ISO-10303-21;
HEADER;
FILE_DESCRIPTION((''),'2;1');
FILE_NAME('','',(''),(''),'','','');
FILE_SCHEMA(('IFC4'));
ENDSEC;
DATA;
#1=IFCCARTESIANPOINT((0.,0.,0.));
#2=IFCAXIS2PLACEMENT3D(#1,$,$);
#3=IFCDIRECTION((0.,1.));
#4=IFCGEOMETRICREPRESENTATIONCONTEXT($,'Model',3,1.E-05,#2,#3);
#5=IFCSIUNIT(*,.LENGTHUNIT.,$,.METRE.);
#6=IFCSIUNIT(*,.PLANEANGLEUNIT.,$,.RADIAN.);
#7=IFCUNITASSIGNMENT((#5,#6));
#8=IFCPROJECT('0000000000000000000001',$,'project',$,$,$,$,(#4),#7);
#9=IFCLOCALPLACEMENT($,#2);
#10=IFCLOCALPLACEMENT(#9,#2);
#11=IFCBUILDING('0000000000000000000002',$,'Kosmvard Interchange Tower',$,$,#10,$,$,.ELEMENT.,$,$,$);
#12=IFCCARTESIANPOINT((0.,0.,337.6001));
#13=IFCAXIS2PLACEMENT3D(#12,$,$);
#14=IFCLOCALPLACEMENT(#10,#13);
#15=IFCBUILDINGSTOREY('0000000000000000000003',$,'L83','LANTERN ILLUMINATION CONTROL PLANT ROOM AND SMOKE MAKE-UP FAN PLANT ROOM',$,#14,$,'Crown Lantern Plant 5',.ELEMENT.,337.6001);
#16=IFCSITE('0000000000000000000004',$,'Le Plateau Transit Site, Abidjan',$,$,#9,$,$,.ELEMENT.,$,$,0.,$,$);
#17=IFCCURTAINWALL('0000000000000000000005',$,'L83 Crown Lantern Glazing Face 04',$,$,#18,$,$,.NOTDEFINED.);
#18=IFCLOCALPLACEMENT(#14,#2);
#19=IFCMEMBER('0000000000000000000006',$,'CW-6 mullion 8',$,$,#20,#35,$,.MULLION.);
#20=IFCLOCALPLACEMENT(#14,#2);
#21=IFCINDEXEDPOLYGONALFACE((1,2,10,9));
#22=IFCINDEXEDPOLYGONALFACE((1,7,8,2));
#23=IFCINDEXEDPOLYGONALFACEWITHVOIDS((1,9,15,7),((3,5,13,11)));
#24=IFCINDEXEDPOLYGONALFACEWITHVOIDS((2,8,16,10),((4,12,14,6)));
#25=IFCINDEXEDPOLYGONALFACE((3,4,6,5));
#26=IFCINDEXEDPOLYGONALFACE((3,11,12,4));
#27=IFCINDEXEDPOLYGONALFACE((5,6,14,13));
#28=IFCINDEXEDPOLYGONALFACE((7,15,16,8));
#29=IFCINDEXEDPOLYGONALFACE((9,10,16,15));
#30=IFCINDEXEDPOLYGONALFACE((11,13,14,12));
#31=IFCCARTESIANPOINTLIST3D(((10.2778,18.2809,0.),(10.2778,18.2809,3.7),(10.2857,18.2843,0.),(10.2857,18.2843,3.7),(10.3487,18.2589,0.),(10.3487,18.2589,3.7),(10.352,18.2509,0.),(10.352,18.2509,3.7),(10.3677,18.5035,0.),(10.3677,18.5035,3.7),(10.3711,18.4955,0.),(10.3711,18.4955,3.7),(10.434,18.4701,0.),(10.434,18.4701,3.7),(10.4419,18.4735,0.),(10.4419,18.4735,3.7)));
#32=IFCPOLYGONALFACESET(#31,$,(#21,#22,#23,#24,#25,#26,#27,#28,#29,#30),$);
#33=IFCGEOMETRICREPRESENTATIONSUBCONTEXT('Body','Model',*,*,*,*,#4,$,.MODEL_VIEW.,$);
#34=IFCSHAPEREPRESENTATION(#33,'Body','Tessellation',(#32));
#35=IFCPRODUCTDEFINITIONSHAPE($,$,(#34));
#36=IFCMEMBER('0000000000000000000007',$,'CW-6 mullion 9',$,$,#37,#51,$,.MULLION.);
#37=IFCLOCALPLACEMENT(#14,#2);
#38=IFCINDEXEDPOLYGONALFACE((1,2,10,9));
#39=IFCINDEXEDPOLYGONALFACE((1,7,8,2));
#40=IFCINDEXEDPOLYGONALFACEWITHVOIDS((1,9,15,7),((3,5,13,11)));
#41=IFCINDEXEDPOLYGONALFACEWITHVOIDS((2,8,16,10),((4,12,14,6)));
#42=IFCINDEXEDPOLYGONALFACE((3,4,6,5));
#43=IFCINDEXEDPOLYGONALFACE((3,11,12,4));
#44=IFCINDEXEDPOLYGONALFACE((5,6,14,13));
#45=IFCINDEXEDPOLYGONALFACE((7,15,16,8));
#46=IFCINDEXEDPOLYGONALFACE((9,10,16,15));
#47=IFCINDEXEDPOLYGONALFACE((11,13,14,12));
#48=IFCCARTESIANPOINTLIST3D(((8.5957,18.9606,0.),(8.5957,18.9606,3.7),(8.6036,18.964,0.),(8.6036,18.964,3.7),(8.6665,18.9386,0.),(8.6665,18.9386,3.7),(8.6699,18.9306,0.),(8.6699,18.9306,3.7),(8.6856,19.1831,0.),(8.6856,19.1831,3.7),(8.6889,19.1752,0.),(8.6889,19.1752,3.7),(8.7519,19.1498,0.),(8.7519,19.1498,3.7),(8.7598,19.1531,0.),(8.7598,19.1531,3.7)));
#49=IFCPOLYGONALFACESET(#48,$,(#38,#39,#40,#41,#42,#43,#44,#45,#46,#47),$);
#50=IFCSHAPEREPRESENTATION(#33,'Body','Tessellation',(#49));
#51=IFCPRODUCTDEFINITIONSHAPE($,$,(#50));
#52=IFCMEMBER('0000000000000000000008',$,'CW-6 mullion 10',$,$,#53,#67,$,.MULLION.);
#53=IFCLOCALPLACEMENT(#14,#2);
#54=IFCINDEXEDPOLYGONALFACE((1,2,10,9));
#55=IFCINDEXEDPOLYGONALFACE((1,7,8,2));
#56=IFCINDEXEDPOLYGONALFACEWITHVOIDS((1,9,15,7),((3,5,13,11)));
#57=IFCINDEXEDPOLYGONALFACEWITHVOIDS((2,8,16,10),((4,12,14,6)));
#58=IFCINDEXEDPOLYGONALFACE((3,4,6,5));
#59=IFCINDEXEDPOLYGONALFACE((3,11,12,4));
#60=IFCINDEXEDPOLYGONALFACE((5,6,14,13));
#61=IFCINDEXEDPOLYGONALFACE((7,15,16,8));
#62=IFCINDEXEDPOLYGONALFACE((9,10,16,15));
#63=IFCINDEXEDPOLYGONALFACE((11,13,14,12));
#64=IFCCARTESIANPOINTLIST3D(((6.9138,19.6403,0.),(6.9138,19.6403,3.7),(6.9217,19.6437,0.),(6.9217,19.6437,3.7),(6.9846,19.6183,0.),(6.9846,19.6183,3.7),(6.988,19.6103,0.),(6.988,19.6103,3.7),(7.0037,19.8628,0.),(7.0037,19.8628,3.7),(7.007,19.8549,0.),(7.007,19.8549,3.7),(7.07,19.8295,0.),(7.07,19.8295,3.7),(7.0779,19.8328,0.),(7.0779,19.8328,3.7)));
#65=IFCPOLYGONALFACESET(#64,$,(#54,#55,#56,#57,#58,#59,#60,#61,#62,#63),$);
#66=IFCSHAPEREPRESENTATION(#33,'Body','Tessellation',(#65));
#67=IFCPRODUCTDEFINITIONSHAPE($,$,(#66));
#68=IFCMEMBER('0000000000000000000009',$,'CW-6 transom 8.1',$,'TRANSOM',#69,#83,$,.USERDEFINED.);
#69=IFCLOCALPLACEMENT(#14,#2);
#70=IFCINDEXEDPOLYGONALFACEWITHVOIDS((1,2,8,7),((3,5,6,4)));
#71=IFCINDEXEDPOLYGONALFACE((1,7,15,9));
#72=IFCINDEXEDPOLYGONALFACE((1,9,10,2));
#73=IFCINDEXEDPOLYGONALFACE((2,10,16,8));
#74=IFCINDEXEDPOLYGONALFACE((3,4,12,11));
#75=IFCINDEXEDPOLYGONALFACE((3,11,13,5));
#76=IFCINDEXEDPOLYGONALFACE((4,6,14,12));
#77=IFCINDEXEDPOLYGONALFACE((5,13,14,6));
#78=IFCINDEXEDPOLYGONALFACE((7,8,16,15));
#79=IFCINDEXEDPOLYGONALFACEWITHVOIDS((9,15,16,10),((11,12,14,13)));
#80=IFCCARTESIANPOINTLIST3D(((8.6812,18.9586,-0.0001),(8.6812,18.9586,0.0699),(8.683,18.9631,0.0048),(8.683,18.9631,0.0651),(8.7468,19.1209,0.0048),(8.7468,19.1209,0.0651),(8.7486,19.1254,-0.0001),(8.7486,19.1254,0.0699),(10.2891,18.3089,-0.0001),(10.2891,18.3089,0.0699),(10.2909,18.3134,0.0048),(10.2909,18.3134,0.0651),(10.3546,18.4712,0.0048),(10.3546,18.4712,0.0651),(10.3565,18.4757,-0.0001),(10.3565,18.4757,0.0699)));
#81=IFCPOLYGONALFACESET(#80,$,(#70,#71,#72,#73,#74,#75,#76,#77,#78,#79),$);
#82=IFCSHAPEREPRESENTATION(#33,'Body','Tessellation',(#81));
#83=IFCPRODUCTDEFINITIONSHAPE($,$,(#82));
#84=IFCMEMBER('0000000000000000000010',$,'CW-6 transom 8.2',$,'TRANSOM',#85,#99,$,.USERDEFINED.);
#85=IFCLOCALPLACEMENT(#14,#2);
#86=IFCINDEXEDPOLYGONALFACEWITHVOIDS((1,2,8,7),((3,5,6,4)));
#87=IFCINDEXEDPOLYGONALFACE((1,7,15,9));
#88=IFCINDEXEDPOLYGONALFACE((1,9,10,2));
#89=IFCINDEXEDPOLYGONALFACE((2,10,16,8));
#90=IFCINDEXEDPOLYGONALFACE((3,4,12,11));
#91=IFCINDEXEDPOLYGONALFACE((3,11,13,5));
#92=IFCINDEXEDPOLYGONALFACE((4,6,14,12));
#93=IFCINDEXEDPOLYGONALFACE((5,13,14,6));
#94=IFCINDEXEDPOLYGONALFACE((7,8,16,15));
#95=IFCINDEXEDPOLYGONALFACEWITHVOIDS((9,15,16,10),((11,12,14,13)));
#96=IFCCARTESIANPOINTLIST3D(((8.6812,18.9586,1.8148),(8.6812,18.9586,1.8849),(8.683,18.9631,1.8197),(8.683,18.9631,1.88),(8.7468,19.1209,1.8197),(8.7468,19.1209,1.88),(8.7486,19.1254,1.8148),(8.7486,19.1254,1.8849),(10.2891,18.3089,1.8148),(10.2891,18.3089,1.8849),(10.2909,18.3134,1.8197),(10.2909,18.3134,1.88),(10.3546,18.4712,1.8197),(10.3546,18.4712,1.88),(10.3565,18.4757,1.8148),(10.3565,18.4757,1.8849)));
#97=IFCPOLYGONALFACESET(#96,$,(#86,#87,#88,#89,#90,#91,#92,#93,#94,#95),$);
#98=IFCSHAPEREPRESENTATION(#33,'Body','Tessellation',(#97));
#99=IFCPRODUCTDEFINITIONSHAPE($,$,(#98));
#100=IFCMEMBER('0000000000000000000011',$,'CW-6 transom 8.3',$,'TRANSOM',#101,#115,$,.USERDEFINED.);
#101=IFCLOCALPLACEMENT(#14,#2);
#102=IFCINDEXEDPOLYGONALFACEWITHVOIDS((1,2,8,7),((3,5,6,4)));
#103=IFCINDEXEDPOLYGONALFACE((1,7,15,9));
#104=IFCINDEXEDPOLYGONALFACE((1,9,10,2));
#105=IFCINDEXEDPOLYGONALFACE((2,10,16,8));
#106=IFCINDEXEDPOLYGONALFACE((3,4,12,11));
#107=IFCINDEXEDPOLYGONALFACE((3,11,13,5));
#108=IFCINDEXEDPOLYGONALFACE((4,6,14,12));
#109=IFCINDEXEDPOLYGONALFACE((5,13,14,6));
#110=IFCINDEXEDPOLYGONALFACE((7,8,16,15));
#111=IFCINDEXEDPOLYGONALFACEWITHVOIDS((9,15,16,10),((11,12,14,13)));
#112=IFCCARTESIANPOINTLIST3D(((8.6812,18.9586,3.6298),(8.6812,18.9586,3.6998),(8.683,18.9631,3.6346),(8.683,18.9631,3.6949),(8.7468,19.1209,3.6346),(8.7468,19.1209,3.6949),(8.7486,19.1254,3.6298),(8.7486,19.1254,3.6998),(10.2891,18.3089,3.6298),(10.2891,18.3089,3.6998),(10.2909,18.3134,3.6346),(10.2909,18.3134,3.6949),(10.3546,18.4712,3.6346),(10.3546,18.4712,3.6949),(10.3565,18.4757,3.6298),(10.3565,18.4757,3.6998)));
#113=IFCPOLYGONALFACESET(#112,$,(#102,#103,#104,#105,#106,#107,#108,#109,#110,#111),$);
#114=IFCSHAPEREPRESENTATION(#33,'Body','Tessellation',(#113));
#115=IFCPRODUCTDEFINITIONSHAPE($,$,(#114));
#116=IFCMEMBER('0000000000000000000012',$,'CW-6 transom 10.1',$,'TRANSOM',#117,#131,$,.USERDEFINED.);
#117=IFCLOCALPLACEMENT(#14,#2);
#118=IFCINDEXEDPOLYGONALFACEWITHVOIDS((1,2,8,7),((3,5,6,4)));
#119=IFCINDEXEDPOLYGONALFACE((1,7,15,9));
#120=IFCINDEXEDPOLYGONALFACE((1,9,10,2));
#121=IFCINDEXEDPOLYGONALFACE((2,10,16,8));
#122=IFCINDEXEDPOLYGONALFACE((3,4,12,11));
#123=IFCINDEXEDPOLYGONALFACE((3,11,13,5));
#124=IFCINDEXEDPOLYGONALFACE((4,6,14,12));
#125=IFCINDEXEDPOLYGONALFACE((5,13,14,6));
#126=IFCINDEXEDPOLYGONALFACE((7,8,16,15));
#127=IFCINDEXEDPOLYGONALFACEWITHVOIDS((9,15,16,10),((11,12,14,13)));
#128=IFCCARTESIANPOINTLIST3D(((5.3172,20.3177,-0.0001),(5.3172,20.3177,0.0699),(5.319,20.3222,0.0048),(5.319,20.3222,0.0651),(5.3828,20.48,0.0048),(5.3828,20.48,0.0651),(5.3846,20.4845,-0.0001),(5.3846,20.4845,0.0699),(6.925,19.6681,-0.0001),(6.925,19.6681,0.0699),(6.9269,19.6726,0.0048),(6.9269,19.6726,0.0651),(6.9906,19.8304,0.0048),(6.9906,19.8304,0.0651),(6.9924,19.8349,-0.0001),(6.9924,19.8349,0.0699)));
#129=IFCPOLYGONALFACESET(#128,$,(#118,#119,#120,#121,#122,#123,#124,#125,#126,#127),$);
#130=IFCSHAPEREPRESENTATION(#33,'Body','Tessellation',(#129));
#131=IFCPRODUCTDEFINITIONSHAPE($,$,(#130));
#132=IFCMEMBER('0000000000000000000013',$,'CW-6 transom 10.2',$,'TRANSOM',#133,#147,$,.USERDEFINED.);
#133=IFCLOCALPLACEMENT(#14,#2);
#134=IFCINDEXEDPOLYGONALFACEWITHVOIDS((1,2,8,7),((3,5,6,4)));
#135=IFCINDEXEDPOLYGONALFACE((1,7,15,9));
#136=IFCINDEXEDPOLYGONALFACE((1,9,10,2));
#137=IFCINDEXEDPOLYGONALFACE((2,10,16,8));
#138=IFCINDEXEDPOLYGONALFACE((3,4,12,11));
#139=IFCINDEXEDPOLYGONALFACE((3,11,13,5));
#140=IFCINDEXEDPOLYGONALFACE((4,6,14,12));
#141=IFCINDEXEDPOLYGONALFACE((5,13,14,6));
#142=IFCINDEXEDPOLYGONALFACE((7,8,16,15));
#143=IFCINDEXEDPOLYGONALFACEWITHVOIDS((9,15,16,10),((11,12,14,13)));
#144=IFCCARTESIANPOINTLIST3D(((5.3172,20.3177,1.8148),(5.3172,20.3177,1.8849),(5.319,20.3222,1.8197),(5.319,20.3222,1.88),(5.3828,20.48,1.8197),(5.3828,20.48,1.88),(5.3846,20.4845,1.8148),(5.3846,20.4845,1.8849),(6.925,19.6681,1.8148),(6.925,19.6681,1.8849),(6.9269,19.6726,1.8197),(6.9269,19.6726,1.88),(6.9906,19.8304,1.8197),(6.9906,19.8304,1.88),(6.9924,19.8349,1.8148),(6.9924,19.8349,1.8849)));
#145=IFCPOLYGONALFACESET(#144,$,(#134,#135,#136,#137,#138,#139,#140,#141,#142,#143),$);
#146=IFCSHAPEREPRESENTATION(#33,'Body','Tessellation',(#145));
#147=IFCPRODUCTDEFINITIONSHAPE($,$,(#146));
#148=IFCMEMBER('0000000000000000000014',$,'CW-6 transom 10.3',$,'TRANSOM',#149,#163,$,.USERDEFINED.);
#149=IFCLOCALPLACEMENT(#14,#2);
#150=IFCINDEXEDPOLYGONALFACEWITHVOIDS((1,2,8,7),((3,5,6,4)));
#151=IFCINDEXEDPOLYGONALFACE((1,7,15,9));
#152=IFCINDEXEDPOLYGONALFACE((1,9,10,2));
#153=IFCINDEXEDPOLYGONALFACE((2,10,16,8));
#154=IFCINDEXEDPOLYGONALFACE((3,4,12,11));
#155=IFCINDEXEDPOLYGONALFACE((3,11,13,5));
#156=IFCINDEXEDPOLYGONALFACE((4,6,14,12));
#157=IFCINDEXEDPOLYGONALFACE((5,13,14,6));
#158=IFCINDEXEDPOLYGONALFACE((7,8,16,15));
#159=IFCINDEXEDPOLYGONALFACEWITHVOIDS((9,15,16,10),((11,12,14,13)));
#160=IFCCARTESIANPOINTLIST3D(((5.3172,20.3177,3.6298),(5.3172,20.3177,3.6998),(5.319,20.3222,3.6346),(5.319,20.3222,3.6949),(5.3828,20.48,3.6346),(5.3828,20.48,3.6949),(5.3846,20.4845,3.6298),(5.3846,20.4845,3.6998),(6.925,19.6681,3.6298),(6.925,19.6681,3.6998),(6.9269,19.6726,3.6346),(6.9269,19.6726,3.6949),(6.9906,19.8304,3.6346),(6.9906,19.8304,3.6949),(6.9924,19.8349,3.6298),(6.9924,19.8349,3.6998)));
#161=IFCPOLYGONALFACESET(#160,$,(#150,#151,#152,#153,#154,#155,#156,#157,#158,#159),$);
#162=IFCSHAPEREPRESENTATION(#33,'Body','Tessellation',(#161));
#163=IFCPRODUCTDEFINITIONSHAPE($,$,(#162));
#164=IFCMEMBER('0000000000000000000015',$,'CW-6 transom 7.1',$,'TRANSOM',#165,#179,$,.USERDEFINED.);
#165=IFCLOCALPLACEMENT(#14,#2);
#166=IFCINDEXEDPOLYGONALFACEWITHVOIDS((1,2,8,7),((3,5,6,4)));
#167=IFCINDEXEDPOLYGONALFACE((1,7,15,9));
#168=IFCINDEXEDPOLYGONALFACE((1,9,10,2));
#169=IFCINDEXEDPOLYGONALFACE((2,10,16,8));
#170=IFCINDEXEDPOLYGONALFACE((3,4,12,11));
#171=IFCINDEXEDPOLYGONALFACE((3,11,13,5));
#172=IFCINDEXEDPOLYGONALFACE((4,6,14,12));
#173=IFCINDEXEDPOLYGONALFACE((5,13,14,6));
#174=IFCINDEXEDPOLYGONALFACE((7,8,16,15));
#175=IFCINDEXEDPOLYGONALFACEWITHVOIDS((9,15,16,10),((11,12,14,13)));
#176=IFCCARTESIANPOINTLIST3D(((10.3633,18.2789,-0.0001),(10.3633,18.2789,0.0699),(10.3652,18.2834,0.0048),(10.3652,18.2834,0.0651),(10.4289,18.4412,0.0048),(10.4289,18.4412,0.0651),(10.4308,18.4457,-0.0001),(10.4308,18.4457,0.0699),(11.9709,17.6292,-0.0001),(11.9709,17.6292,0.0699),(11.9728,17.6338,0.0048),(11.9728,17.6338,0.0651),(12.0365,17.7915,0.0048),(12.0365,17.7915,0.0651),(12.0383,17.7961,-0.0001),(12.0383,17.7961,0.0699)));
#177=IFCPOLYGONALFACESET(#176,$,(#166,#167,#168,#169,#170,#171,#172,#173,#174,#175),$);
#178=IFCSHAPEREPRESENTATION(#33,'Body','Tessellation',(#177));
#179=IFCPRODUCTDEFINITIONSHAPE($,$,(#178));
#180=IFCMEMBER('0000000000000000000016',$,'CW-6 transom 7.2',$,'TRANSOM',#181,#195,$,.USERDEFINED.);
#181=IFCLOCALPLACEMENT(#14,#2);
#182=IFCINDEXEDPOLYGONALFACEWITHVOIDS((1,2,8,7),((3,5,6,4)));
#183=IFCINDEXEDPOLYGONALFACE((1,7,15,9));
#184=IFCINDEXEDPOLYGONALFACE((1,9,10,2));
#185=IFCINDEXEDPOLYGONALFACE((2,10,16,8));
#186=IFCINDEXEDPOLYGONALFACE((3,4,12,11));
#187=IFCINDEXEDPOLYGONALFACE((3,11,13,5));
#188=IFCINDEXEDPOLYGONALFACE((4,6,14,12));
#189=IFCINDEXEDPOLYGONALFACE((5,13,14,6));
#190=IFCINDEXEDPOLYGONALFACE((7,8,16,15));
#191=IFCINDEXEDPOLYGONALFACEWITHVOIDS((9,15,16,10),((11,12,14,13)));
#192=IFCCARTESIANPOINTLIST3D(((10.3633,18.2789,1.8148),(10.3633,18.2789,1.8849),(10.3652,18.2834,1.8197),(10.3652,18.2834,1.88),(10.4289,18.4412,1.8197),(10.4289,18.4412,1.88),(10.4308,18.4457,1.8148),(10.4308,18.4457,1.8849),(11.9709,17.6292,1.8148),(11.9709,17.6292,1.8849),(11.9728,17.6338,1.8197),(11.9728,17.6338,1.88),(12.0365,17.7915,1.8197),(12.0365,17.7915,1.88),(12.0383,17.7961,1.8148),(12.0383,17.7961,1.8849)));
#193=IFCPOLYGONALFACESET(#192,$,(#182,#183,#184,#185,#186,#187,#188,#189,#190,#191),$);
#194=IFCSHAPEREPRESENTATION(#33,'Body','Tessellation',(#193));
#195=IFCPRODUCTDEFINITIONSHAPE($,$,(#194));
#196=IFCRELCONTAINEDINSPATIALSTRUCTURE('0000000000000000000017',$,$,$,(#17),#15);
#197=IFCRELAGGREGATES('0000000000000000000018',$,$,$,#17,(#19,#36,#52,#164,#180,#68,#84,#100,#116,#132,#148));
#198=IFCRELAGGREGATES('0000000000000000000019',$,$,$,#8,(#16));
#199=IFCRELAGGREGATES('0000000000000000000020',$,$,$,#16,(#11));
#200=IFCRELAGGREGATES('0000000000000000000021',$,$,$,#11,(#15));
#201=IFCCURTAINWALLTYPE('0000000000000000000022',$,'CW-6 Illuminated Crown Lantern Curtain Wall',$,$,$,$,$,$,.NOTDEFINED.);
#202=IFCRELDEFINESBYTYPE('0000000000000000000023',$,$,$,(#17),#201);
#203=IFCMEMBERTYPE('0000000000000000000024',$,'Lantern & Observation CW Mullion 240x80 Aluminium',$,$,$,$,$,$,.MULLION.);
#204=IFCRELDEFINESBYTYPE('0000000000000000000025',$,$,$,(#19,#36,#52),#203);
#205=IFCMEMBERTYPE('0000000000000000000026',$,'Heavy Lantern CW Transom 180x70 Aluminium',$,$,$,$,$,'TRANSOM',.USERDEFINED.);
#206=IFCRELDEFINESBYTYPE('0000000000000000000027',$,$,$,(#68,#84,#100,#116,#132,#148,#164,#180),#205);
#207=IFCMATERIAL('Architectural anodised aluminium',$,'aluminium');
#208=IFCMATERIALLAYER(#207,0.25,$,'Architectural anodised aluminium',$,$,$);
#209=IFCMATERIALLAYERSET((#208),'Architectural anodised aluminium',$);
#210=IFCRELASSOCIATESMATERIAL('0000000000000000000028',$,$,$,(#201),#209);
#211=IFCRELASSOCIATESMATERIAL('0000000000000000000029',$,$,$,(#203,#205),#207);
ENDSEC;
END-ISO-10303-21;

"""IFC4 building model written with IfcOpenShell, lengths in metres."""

from ifc_helpers import new_model, si_unit, direction, frame, origin, origin_2d, place, context, subcontext, project, spatial, hollow_rectangle, extrude, source, transform, mapped, material, layer, layer_set, material_profile, profile_set, type_object, element, aggregate, save


model = new_model("IFC4")

# Units and contexts
model_context = context("Model", 3, precision=1e-05, world=origin(), true_north=direction((0.0, 1.0)))
body_context = subcontext(model_context, "Body", "Model", "MODEL_VIEW")
ifc_project = project(units=[si_unit("LENGTHUNIT", "METRE"), si_unit("PLANEANGLEUNIT", "RADIAN")], contexts=[model_context])

# Site, building, storey
site_placement = place(None, origin())
site = spatial("IfcSite", under=ifc_project, at=site_placement, Name="Le Plateau Transit Site, Abidjan", CompositionType="ELEMENT", RefElevation=0.0)
building_placement = place(site_placement, origin())
building = spatial("IfcBuilding", under=site, at=building_placement, Name="Kosmvard Interchange Tower", CompositionType="ELEMENT")
storey_placement = place(building_placement, frame((0.0, 0.0, 337.6001)))
storey = spatial("IfcBuildingStorey", under=building, at=storey_placement, Name="L83", Description="LANTERN ILLUMINATION CONTROL PLANT ROOM AND SMOKE MAKE-UP FAN PLANT ROOM", LongName="Crown Lantern Plant 5", CompositionType="ELEMENT", Elevation=337.6001)

# Curtain wall, members
ifc_material_1 = material(Name="Architectural anodised aluminium", Category="aluminium")
ifc_layer_1 = layer(ifc_material_1, 0.25, Name="Architectural anodised aluminium")
ifc_layer_set_1 = layer_set([ifc_layer_1], Name="Architectural anodised aluminium")
curtain_wall_type = type_object("IfcCurtainWallType", Name="CW-6 Illuminated Crown Lantern Curtain Wall", PredefinedType="NOTDEFINED", material=ifc_layer_set_1)
curtain_wall_placement = place(storey_placement, origin())
curtain_wall = element("IfcCurtainWall", 1, at=curtain_wall_placement, inside=storey, type_object=curtain_wall_type, Name="L83 Crown Lantern Glazing Face 04", PredefinedType="NOTDEFINED")
ifc_material_profile_1 = material_profile(ifc_material_1, hollow_rectangle(XDim=0.24, YDim=0.0801, WallThickness=0.0061, at=origin_2d()), Name="CWM 240x80x6")
ifc_profile_set_1 = profile_set([ifc_material_profile_1], Name="Architectural anodised aluminium")
member_type_1 = type_object("IfcMemberType", Name="Lantern & Observation CW Mullion 240x80 Aluminium", PredefinedType="MULLION", material=ifc_profile_set_1)
shared_shape_1 = source(origin(), body_context, "Body", "SweptSolid", [
    extrude(hollow_rectangle(XDim=0.24, YDim=0.0801, WallThickness=0.0061, at=origin_2d()), origin(), (0.0, 0.0, 1.0), 3.7),
])
member_1_placement = place(storey_placement, frame((10.3599, 18.3772, 0.0), z_axis=(0.0, 0.0, 1.0), x_axis=(-0.374607, -0.927184, 0.0)))
member_1 = element("IfcMember", 2, at=member_1_placement, type_object=member_type_1, Name="CW-6 mullion 8", PredefinedType="MULLION", context=body_context, shape_type="MappedRepresentation", body=[
    mapped(shared_shape_1, transform((0.0, 0.0, 0.0), scale=1.0)),
])
member_2_placement = place(storey_placement, frame((8.6777, 19.0569, 0.0), z_axis=(0.0, 0.0, 1.0), x_axis=(-0.374607, -0.927184, 0.0)))
member_2 = element("IfcMember", 3, at=member_2_placement, type_object=member_type_1, Name="CW-6 mullion 9", PredefinedType="MULLION", context=body_context, shape_type="MappedRepresentation", body=[
    mapped(shared_shape_1, transform((0.0, 0.0, 0.0), scale=1.0)),
])
member_3_placement = place(storey_placement, frame((6.9958, 19.7366, 0.0), z_axis=(0.0, 0.0, 1.0), x_axis=(-0.374607, -0.927184, 0.0)))
member_3 = element("IfcMember", 4, at=member_3_placement, type_object=member_type_1, Name="CW-6 mullion 10", PredefinedType="MULLION", context=body_context, shape_type="MappedRepresentation", body=[
    mapped(shared_shape_1, transform((0.0, 0.0, 0.0), scale=1.0)),
])
ifc_material_profile_2 = material_profile(ifc_material_1, hollow_rectangle(XDim=0.1799, YDim=0.0701, WallThickness=0.0049, at=origin_2d()), Name="CWT 180x70x5")
ifc_profile_set_2 = profile_set([ifc_material_profile_2], Name="Architectural anodised aluminium")
member_type_2 = type_object("IfcMemberType", Name="Heavy Lantern CW Transom 180x70 Aluminium", ElementType="TRANSOM", PredefinedType="USERDEFINED", material=ifc_profile_set_2)
shared_shape_2 = source(origin(), body_context, "Body", "SweptSolid", [
    extrude(hollow_rectangle(XDim=0.1799, YDim=0.0701, WallThickness=0.0049, at=origin_2d()), origin(), (0.0, 0.0, 1.0), 1.7341),
])
member_4_placement = place(storey_placement, frame((10.3228, 18.3923, 0.0349), z_axis=(-0.92718, 0.374617, 0.0), x_axis=(-0.374617, -0.92718, 0.0)))
member_4 = element("IfcMember", 5, at=member_4_placement, type_object=member_type_2, Name="CW-6 transom 8.1", ObjectType="TRANSOM", PredefinedType="USERDEFINED", context=body_context, shape_type="MappedRepresentation", body=[
    mapped(shared_shape_2, transform((0.0, 0.0, 0.0), scale=1.0)),
])
member_5_placement = place(storey_placement, frame((10.3228, 18.3923, 1.8499), z_axis=(-0.92718, 0.374617, 0.0), x_axis=(-0.374617, -0.92718, 0.0)))
member_5 = element("IfcMember", 6, at=member_5_placement, type_object=member_type_2, Name="CW-6 transom 8.2", ObjectType="TRANSOM", PredefinedType="USERDEFINED", context=body_context, shape_type="MappedRepresentation", body=[
    mapped(shared_shape_2, transform((0.0, 0.0, 0.0), scale=1.0)),
])
member_6_placement = place(storey_placement, frame((10.3228, 18.3923, 3.6648), z_axis=(-0.92718, 0.374617, 0.0), x_axis=(-0.374617, -0.92718, 0.0)))
member_6 = element("IfcMember", 7, at=member_6_placement, type_object=member_type_2, Name="CW-6 transom 8.3", ObjectType="TRANSOM", PredefinedType="USERDEFINED", context=body_context, shape_type="MappedRepresentation", body=[
    mapped(shared_shape_2, transform((0.0, 0.0, 0.0), scale=1.0)),
])
member_7_placement = place(storey_placement, frame((6.9587, 19.7515, 0.0349), z_axis=(-0.92718, 0.374617, 0.0), x_axis=(-0.374617, -0.92718, 0.0)))
member_7 = element("IfcMember", 8, at=member_7_placement, type_object=member_type_2, Name="CW-6 transom 10.1", ObjectType="TRANSOM", PredefinedType="USERDEFINED", context=body_context, shape_type="MappedRepresentation", body=[
    mapped(shared_shape_2, transform((0.0, 0.0, 0.0), scale=1.0)),
])
member_8_placement = place(storey_placement, frame((6.9587, 19.7515, 1.8499), z_axis=(-0.92718, 0.374617, 0.0), x_axis=(-0.374617, -0.92718, 0.0)))
member_8 = element("IfcMember", 9, at=member_8_placement, type_object=member_type_2, Name="CW-6 transom 10.2", ObjectType="TRANSOM", PredefinedType="USERDEFINED", context=body_context, shape_type="MappedRepresentation", body=[
    mapped(shared_shape_2, transform((0.0, 0.0, 0.0), scale=1.0)),
])
member_9_placement = place(storey_placement, frame((6.9587, 19.7515, 3.6648), z_axis=(-0.92718, 0.374617, 0.0), x_axis=(-0.374617, -0.92718, 0.0)))
member_9 = element("IfcMember", 10, at=member_9_placement, type_object=member_type_2, Name="CW-6 transom 10.3", ObjectType="TRANSOM", PredefinedType="USERDEFINED", context=body_context, shape_type="MappedRepresentation", body=[
    mapped(shared_shape_2, transform((0.0, 0.0, 0.0), scale=1.0)),
])
shared_shape_3 = source(origin(), body_context, "Body", "SweptSolid", [
    extrude(hollow_rectangle(XDim=0.1799, YDim=0.0701, WallThickness=0.0049, at=origin_2d()), origin(), (0.0, 0.0, 1.0), 1.7339),
])
member_10_placement = place(storey_placement, frame((12.0046, 17.7126, 0.0349), z_axis=(-0.92716, 0.374666, 0.0), x_axis=(-0.374666, -0.92716, 0.0)))
member_10 = element("IfcMember", 11, at=member_10_placement, type_object=member_type_2, Name="CW-6 transom 7.1", ObjectType="TRANSOM", PredefinedType="USERDEFINED", context=body_context, shape_type="MappedRepresentation", body=[
    mapped(shared_shape_3, transform((0.0, 0.0, 0.0), scale=1.0)),
])
member_11_placement = place(storey_placement, frame((12.0046, 17.7126, 1.8499), z_axis=(-0.92716, 0.374666, 0.0), x_axis=(-0.374666, -0.92716, 0.0)))
member_11 = element("IfcMember", 12, at=member_11_placement, type_object=member_type_2, Name="CW-6 transom 7.2", ObjectType="TRANSOM", PredefinedType="USERDEFINED", context=body_context, shape_type="MappedRepresentation", body=[
    mapped(shared_shape_3, transform((0.0, 0.0, 0.0), scale=1.0)),
])
aggregate(curtain_wall, [member_1, member_2, member_3, member_10, member_11, member_4, member_5, member_6, member_7, member_8, member_9])

save(model, "model.ifc")
